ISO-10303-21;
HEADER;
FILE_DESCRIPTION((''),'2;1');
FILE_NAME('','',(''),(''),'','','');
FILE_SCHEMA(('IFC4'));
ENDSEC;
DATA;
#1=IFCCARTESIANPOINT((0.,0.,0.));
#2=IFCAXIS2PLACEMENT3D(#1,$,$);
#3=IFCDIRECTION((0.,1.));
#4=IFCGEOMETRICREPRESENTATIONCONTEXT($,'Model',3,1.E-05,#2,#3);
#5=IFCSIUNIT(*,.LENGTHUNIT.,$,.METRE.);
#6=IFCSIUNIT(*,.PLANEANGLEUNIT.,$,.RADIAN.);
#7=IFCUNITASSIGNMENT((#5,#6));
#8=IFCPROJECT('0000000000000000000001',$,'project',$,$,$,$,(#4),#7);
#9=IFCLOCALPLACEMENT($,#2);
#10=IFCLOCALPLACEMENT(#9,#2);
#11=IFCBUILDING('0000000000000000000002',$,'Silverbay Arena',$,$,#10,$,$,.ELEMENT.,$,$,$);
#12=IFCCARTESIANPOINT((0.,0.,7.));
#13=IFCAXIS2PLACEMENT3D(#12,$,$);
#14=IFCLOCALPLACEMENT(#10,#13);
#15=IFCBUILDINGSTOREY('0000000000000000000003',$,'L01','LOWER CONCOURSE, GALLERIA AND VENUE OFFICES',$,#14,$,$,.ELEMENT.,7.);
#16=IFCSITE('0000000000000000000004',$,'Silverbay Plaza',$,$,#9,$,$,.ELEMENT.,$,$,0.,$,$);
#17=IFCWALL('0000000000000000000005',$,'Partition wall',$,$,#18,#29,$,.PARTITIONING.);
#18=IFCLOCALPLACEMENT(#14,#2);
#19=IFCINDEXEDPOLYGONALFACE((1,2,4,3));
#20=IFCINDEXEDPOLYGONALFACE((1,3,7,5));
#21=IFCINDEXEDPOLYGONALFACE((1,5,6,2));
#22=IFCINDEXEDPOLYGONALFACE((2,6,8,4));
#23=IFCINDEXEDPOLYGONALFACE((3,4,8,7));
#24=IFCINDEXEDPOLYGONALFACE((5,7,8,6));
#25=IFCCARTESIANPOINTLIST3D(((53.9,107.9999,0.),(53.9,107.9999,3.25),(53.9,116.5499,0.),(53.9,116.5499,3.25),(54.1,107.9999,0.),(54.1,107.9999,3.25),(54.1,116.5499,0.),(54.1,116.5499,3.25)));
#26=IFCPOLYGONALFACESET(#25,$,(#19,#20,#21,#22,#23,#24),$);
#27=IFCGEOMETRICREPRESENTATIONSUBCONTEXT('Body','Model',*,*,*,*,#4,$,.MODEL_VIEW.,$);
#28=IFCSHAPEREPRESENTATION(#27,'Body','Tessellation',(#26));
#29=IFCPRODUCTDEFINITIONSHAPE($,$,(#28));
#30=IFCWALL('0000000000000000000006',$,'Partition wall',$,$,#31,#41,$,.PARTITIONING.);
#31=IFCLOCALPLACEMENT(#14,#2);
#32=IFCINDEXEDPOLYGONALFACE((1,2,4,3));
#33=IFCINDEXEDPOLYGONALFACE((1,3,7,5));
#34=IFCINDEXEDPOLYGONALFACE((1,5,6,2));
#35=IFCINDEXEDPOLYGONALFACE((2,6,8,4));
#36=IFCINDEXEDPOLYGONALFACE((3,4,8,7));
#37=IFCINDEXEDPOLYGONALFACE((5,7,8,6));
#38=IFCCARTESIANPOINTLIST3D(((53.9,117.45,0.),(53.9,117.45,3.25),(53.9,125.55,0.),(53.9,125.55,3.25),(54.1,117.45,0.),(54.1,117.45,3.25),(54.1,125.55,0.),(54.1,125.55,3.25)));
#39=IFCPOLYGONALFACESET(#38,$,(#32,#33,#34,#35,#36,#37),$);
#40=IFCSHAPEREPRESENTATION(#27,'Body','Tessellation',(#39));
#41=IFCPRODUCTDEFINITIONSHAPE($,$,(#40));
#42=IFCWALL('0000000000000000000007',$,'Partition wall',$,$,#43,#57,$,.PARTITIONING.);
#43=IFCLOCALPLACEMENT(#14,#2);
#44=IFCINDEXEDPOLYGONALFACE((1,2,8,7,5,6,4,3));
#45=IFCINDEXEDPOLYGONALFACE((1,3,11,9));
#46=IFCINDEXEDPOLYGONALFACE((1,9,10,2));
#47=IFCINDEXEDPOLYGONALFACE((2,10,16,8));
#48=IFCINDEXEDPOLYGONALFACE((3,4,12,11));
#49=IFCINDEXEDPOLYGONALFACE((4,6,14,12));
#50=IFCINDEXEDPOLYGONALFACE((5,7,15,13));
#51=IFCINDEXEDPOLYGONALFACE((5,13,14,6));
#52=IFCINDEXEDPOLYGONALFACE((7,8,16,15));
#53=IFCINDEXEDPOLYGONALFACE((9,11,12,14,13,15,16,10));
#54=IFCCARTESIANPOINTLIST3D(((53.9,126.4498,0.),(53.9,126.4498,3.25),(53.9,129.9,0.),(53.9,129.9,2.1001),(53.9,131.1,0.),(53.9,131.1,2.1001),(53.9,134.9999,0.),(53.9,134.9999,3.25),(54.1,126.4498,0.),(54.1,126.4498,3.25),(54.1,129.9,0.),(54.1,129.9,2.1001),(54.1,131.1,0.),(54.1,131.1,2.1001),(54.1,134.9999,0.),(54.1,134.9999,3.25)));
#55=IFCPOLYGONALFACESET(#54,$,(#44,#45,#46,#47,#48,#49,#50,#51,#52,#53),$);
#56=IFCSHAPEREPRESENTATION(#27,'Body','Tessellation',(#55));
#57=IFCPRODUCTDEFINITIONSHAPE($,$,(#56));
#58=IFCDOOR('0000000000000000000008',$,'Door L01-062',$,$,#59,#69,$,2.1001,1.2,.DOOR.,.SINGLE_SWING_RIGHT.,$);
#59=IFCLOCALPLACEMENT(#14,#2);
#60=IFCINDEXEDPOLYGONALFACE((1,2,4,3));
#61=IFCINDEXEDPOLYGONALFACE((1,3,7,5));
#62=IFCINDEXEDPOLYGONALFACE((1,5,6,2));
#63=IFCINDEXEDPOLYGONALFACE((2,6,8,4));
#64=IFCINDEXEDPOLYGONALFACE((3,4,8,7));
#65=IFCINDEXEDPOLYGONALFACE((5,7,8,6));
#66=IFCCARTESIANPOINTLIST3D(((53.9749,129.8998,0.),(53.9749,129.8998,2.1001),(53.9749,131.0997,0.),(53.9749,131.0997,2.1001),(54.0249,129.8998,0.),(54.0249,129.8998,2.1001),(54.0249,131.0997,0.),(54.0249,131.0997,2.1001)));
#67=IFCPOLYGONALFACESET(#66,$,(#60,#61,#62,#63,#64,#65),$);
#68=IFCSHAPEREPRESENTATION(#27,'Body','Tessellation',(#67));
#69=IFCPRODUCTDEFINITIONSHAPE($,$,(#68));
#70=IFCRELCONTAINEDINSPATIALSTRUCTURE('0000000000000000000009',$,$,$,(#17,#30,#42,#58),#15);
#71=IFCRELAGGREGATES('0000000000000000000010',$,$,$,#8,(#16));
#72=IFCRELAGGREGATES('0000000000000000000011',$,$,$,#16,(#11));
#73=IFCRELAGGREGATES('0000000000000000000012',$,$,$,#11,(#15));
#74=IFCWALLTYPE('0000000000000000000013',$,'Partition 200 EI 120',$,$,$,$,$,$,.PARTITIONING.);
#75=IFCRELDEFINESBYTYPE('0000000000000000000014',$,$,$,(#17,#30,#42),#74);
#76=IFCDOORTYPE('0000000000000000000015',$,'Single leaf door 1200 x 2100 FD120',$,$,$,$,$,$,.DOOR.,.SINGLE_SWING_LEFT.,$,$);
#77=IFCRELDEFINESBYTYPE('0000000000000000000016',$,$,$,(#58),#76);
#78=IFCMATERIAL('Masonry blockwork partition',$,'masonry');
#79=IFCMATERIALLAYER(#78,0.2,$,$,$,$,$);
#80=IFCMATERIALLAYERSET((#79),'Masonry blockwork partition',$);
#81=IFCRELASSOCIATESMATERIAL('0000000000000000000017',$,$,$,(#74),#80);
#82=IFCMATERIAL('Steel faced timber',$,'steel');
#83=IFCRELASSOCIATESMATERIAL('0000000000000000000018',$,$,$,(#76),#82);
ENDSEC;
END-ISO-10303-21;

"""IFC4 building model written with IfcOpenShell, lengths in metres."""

from ifc_helpers import new_model, si_unit, direction, frame, frame_2d, origin, place, context, subcontext, project, spatial, rectangle, extrude, material, layer, layer_set, type_object, element, fill, save


model = new_model("IFC4")

# Units and contexts
model_context = context("Model", 3, precision=1e-05, world=origin(), true_north=direction((0.0, 1.0)))
body_context = subcontext(model_context, "Body", "Model", "MODEL_VIEW")
ifc_project = project(units=[si_unit("LENGTHUNIT", "METRE"), si_unit("PLANEANGLEUNIT", "RADIAN")], contexts=[model_context])

# Site, building, storey
site_placement = place(None, origin())
site = spatial("IfcSite", under=ifc_project, at=site_placement, Name="Silverbay Plaza", CompositionType="ELEMENT", RefElevation=0.0)
building_placement = place(site_placement, origin())
building = spatial("IfcBuilding", under=site, at=building_placement, Name="Silverbay Arena", CompositionType="ELEMENT")
storey_placement = place(building_placement, frame((0.0, 0.0, 7.0)))
storey = spatial("IfcBuildingStorey", under=building, at=storey_placement, Name="L01", Description="LOWER CONCOURSE, GALLERIA AND VENUE OFFICES", CompositionType="ELEMENT", Elevation=7.0)

# Walls
ifc_material_1 = material(Name="Masonry blockwork partition", Category="masonry")
ifc_layer_1 = layer(ifc_material_1, 0.2)
ifc_layer_set_1 = layer_set([ifc_layer_1], Name="Masonry blockwork partition")
wall_type_1 = type_object("IfcWallType", Name="Partition 200 EI 120", PredefinedType="PARTITIONING", material=ifc_layer_set_1)
wall_1_placement = place(storey_placement, frame((54.0, 108.0, 0.0), z_axis=(0.0, 0.0, 1.0), x_axis=(0.0, 1.0, 0.0)))
element("IfcWall", 1, at=wall_1_placement, inside=storey, type_object=wall_type_1, Name="Partition wall", PredefinedType="PARTITIONING", context=body_context, shape_type="SweptSolid", body=[
    extrude(rectangle(XDim=8.55, YDim=0.2, at=frame_2d((4.2749, 0.0))), origin(), (0.0, 0.0, 1.0), 3.25),
])
wall_2_placement = place(storey_placement, frame((54.0, 117.45, 0.0), z_axis=(0.0, 0.0, 1.0), x_axis=(0.0, 1.0, 0.0)))
element("IfcWall", 2, at=wall_2_placement, inside=storey, type_object=wall_type_1, Name="Partition wall", PredefinedType="PARTITIONING", context=body_context, shape_type="SweptSolid", body=[
    extrude(rectangle(XDim=8.1001, YDim=0.2, at=frame_2d((4.05, 0.0))), origin(), (0.0, 0.0, 1.0), 3.25),
])

# Wall, opening, door
wall_3_placement = place(storey_placement, frame((54.0, 126.45, 0.0), z_axis=(0.0, 0.0, 1.0), x_axis=(0.0, 1.0, 0.0)))
wall_3 = element("IfcWall", 3, at=wall_3_placement, inside=storey, type_object=wall_type_1, Name="Partition wall", PredefinedType="PARTITIONING", context=body_context, shape_type="SweptSolid", body=[
    extrude(rectangle(XDim=8.55, YDim=0.2, at=frame_2d((4.2749, 0.0))), origin(), (0.0, 0.0, 1.0), 3.25),
])
opening_1_placement = place(wall_3_placement, frame((3.45, 0.0, 0.0)))
opening_1 = element("IfcOpeningElement", 4, at=opening_1_placement, cuts=wall_3, PredefinedType="OPENING", context=body_context, shape_type="SweptSolid", body=[
    extrude(rectangle(XDim=1.2, YDim=2.1001, at=frame_2d((0.6001, 1.05))), frame((0.0, 0.1099, 0.0), z_axis=(0.0, -1.0, 0.0), x_axis=(1.0, 0.0, 0.0)), (0.0, 0.0, 1.0), 0.22),
])
ifc_material_2 = material(Name="Steel faced timber", Category="steel")
door_type_1 = type_object("IfcDoorType", Name="Single leaf door 1200 x 2100 FD120", OperationType="SINGLE_SWING_LEFT", PredefinedType="DOOR", material=ifc_material_2)
door_1_placement = place(opening_1_placement, frame((1.2, 0.0, 0.0), z_axis=(0.0, 0.0, 1.0), x_axis=(-1.0, 0.0, 0.0)))
door_1 = element("IfcDoor", 5, at=door_1_placement, inside=storey, type_object=door_type_1, Name="Door L01-062", OperationType="SINGLE_SWING_RIGHT", OverallHeight=2.1001, OverallWidth=1.2, PredefinedType="DOOR", context=body_context, shape_type="SweptSolid", body=[
    extrude(rectangle(XDim=1.2, YDim=2.1001, at=frame_2d((0.6001, 1.05))), frame((0.0, 0.0249, 0.0), z_axis=(0.0, -1.0, 0.0), x_axis=(1.0, 0.0, 0.0)), (0.0, 0.0, 1.0), 0.05),
])
fill(opening_1, door_1)

save(model, "model.ifc")
